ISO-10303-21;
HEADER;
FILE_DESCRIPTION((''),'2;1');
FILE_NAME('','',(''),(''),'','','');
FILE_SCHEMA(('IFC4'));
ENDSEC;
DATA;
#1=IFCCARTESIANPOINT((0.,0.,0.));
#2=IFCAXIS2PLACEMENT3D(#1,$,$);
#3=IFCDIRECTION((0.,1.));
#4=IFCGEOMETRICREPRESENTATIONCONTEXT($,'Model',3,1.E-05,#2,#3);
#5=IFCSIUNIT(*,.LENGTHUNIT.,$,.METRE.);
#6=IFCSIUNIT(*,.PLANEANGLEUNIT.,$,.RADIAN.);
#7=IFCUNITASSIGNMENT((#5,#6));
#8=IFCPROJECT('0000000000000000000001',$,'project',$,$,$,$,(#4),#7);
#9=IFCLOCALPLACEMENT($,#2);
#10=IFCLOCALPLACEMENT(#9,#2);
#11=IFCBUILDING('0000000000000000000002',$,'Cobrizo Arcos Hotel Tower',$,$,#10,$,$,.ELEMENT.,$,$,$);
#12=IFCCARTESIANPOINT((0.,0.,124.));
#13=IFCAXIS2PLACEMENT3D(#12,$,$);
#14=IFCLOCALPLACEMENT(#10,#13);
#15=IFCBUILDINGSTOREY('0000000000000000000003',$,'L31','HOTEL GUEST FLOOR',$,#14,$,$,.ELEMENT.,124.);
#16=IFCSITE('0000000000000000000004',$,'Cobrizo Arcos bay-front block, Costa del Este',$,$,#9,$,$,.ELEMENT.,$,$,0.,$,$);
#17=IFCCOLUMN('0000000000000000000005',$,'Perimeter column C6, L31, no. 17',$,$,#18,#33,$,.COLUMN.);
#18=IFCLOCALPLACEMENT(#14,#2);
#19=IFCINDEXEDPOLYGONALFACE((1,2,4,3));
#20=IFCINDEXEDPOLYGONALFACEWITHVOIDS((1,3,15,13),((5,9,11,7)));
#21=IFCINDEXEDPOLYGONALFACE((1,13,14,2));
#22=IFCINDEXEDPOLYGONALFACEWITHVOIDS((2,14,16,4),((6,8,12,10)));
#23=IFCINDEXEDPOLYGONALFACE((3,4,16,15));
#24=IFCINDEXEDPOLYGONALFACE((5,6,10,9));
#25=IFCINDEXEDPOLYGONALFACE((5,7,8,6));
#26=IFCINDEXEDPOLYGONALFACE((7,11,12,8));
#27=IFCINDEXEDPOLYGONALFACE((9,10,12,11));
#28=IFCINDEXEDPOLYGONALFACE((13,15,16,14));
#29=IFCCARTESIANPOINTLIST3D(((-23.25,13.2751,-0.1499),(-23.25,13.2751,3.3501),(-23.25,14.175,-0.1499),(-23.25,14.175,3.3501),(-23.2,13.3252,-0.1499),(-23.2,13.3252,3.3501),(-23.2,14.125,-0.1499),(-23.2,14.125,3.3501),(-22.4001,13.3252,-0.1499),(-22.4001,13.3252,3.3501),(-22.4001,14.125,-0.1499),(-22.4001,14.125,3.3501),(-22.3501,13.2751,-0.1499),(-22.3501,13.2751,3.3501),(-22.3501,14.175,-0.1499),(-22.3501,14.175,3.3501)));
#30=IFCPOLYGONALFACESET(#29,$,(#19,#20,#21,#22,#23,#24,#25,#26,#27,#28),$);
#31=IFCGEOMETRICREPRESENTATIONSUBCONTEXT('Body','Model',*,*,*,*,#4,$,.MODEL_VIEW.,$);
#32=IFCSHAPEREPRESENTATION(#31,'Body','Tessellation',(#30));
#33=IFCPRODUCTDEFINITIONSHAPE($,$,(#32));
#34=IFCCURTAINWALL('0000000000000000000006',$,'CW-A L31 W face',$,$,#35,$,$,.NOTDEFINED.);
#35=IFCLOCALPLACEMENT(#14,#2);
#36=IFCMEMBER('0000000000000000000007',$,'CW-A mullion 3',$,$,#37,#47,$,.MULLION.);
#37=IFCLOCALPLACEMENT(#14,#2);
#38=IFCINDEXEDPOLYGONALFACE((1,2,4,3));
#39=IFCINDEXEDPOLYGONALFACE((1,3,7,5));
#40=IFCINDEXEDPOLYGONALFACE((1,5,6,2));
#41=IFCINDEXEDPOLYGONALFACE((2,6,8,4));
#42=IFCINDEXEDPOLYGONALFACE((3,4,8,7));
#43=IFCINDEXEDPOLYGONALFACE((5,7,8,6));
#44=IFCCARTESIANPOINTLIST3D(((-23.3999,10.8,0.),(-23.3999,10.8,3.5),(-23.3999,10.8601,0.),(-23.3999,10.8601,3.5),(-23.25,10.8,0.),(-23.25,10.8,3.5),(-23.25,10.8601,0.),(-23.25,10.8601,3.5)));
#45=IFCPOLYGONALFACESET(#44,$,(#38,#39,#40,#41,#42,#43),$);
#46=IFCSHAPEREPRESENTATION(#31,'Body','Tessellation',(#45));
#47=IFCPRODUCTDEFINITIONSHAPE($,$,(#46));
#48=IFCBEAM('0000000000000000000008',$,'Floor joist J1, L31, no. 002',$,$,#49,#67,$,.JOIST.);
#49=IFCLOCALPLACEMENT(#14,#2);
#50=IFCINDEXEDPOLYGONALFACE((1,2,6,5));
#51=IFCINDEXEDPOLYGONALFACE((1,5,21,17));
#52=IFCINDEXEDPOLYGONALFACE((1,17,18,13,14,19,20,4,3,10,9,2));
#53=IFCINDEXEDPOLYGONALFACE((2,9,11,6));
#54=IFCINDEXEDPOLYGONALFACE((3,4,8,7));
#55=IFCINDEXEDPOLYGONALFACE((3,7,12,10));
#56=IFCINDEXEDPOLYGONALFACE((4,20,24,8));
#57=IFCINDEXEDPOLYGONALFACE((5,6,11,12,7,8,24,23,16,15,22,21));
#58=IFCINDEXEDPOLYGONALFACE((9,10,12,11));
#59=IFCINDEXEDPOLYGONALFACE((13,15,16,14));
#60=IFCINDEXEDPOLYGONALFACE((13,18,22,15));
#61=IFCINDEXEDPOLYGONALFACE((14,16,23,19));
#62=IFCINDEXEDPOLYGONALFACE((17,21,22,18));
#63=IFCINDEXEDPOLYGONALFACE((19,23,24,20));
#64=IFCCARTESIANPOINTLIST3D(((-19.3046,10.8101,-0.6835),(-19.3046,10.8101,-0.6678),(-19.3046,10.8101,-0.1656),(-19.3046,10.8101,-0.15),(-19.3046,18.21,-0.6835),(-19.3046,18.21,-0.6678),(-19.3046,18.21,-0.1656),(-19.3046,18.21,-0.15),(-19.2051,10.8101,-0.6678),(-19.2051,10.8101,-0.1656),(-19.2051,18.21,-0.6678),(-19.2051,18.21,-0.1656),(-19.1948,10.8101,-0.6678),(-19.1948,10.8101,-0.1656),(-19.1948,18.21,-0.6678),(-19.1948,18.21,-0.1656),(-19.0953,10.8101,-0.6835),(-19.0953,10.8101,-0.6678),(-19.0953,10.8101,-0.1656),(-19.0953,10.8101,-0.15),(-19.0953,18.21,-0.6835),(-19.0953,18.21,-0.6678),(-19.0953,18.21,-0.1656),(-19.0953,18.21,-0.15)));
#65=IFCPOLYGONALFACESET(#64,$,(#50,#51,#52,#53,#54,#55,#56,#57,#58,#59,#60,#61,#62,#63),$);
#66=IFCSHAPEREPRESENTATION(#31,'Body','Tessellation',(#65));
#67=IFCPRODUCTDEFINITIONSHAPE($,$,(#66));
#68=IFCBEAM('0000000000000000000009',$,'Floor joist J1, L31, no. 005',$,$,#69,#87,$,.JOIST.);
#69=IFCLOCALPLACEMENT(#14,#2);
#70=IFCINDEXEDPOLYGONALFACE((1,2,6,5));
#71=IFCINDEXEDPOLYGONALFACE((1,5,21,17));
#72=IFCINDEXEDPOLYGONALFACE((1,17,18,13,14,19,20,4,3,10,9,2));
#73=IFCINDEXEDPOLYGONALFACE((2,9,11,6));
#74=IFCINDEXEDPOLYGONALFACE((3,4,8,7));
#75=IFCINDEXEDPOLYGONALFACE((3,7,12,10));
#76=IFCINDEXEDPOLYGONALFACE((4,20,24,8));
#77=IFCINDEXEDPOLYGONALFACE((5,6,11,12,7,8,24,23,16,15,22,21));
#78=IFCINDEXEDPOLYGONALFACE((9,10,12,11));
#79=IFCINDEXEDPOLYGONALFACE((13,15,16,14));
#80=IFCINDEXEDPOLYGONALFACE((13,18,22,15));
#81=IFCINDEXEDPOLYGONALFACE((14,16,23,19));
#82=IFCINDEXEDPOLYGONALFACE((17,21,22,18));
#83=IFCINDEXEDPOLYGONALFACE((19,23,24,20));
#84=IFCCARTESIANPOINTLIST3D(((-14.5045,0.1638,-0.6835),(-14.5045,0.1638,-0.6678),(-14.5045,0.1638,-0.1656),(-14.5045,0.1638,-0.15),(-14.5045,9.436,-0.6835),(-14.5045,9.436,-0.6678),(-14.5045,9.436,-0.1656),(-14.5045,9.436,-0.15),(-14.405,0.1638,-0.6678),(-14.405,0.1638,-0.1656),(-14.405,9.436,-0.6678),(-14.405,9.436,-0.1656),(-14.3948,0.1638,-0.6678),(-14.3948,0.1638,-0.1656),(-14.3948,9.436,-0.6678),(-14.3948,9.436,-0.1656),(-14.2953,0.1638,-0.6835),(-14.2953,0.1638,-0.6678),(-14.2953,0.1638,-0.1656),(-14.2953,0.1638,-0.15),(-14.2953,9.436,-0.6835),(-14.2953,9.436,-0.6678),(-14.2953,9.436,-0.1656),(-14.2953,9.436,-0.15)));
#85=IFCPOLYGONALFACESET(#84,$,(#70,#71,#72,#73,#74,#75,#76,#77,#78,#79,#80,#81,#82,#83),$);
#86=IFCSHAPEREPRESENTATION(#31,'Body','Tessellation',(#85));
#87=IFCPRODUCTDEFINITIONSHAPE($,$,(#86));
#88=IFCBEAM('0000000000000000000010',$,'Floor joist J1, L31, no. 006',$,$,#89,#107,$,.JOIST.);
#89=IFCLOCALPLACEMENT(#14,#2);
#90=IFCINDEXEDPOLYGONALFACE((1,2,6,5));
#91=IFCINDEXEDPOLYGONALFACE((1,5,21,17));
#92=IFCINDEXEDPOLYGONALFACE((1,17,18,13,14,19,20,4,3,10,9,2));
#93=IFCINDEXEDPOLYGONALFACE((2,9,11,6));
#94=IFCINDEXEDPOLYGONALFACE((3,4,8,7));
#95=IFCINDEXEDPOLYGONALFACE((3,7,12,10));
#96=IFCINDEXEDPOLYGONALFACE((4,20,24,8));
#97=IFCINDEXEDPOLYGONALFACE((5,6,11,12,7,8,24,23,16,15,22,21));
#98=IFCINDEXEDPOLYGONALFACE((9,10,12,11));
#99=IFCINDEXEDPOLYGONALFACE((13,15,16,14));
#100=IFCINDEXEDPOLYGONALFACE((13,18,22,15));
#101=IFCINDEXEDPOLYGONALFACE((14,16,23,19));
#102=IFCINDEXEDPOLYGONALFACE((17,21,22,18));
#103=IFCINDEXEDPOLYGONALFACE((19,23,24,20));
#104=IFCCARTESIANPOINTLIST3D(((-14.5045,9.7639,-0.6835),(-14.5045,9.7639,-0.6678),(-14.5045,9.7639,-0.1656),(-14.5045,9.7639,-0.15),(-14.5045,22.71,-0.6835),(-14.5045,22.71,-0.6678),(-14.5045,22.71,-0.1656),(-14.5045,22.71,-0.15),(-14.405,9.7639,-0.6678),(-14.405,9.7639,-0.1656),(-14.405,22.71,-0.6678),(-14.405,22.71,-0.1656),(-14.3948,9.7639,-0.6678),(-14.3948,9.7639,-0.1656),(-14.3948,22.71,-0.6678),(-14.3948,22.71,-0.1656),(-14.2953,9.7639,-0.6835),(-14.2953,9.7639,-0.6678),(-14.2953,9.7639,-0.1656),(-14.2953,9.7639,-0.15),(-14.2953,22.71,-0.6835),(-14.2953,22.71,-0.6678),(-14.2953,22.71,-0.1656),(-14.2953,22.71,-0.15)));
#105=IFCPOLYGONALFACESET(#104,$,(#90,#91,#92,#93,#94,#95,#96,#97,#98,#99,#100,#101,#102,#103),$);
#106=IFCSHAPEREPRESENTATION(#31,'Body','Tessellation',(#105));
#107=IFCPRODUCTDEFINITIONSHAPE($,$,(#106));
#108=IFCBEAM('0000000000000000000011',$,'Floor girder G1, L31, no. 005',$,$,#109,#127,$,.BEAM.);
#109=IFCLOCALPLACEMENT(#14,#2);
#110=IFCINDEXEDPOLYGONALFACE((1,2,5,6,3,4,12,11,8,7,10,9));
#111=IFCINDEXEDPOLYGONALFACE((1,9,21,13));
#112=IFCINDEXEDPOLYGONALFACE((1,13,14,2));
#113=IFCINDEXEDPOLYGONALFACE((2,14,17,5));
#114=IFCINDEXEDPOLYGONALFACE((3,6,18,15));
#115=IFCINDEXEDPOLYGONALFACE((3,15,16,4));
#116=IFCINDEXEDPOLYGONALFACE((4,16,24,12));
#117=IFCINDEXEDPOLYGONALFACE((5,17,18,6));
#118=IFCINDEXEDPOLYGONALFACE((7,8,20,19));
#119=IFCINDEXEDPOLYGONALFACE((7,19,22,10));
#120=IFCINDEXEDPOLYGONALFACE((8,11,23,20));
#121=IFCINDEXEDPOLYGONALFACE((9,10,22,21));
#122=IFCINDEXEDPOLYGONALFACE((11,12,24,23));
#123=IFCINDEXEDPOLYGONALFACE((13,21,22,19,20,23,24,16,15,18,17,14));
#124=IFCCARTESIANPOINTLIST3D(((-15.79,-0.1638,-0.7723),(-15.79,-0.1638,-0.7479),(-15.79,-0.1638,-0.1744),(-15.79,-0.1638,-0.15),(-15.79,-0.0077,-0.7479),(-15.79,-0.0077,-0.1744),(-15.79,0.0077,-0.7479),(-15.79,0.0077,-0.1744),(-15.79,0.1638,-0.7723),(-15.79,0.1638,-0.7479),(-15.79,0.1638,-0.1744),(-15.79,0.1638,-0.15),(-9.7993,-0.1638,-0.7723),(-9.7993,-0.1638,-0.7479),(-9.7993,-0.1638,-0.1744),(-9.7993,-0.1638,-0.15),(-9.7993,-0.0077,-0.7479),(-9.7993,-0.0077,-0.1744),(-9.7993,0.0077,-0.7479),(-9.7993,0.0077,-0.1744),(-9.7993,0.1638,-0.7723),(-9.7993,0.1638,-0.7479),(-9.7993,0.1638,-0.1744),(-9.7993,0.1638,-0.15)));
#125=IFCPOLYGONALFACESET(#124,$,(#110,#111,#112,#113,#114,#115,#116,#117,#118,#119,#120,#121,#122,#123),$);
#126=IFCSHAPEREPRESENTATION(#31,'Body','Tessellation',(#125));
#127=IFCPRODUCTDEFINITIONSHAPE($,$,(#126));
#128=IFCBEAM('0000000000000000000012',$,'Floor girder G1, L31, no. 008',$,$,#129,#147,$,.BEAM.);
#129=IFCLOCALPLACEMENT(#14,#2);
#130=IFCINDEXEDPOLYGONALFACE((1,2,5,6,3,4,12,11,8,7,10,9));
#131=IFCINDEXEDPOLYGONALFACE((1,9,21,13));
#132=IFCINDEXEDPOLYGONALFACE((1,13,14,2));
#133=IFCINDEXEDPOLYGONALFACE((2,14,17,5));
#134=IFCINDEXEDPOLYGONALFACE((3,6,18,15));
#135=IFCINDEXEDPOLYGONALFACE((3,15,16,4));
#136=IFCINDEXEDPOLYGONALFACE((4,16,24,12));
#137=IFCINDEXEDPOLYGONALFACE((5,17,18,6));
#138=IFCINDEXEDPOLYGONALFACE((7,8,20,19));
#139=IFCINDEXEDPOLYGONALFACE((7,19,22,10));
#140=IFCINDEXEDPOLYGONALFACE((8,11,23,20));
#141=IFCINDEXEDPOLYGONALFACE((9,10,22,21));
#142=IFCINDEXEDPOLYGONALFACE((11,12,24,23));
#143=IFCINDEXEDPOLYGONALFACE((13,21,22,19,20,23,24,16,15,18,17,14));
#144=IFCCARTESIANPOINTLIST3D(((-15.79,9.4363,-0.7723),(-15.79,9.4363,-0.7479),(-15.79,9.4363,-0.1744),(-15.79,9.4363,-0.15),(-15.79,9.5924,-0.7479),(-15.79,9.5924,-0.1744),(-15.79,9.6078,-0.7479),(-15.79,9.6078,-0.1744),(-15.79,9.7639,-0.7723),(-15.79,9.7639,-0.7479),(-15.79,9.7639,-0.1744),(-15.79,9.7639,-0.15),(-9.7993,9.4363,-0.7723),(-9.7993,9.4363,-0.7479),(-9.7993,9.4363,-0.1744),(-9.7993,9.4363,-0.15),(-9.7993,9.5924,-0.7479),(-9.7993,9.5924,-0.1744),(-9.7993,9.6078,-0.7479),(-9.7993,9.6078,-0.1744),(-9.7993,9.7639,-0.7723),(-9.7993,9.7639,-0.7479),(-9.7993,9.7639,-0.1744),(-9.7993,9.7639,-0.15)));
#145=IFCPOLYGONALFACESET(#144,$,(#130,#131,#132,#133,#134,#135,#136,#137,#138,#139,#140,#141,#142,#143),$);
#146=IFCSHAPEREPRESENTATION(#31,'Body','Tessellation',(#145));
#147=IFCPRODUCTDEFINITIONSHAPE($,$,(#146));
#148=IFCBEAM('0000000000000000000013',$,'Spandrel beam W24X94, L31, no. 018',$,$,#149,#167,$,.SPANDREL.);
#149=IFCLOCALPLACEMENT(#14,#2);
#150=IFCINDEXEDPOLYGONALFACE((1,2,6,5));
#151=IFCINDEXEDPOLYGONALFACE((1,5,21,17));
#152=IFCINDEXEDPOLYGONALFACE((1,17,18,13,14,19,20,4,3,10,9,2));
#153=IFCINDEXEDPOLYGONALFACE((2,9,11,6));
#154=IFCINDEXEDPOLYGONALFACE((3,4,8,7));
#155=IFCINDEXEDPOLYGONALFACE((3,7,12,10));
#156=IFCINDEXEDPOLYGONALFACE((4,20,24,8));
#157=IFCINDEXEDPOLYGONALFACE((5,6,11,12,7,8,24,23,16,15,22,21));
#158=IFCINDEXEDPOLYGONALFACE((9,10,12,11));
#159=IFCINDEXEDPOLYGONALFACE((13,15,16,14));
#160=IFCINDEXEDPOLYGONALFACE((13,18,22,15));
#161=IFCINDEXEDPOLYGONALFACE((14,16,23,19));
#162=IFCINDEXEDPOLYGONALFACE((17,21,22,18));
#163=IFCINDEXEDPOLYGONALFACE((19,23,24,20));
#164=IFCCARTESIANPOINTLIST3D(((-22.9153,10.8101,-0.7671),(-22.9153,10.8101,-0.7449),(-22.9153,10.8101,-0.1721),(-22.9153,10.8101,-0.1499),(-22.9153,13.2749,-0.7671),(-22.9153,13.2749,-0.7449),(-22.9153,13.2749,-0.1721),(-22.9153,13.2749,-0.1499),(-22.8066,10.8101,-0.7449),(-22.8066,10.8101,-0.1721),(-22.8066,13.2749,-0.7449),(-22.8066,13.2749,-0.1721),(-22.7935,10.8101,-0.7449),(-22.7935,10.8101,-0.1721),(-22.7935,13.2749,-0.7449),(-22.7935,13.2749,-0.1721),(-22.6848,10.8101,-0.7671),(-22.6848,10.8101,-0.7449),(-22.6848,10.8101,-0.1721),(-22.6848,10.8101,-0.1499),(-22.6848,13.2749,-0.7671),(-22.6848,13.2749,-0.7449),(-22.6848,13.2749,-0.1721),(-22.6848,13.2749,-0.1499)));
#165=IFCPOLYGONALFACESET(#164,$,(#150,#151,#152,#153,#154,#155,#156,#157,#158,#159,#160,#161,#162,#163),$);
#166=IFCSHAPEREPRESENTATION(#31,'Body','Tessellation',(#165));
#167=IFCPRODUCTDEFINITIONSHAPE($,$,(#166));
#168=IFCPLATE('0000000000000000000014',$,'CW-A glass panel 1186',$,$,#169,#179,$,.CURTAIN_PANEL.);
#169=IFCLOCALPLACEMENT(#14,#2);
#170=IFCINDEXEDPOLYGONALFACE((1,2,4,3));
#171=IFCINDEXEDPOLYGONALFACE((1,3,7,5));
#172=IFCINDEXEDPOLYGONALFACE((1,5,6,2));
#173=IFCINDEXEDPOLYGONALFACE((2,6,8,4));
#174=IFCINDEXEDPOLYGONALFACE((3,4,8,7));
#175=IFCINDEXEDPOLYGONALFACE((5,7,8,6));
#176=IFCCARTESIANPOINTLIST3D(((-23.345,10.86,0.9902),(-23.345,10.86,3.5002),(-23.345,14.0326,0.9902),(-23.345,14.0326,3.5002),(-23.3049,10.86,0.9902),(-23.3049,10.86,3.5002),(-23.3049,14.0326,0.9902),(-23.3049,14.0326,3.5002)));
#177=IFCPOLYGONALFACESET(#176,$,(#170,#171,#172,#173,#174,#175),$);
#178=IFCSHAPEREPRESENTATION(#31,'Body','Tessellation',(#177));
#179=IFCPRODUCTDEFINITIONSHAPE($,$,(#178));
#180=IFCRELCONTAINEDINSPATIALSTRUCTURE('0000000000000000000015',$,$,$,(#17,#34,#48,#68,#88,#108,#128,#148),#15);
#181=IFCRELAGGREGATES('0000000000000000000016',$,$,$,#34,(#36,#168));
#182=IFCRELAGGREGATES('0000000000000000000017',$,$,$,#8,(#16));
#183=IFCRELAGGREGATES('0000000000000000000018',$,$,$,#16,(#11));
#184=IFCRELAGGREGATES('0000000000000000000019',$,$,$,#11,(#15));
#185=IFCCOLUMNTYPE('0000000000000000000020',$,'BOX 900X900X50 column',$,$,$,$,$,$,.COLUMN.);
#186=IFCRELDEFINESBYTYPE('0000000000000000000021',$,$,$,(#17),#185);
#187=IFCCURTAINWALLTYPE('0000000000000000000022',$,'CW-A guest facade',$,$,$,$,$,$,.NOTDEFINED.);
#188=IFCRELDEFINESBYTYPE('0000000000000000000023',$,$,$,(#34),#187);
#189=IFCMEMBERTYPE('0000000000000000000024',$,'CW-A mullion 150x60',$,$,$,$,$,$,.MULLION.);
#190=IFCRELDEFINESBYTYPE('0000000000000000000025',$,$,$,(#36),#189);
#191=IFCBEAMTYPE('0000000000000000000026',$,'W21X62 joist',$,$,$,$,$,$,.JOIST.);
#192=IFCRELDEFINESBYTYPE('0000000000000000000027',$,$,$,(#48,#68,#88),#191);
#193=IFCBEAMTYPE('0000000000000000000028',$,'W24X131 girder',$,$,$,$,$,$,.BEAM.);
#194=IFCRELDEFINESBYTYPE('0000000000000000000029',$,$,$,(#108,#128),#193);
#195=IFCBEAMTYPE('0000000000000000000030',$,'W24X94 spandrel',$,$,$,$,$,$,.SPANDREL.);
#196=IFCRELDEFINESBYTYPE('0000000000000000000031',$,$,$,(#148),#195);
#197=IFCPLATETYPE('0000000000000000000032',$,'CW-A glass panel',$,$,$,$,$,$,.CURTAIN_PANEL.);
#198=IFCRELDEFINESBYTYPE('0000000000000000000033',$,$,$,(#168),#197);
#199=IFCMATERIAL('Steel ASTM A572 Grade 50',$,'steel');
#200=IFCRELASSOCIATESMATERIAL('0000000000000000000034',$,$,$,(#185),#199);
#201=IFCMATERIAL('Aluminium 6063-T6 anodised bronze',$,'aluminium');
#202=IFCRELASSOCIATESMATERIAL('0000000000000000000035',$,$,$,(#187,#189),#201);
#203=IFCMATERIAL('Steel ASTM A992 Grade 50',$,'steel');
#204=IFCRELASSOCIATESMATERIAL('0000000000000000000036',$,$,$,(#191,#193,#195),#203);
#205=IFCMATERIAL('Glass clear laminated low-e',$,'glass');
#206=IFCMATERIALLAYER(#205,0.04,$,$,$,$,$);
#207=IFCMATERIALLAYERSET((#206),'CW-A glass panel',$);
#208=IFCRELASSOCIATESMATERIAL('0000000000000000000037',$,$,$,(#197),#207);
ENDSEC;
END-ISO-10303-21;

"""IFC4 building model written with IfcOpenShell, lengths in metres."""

from ifc_helpers import new_model, si_unit, direction, frame, origin, origin_2d, place, context, subcontext, project, spatial, rectangle, hollow_rectangle, i_section, extrude, material, layer, layer_set, material_profile, profile_set, type_object, element, aggregate, save


model = new_model("IFC4")

# Units and contexts
model_context = context("Model", 3, precision=1e-05, world=origin(), true_north=direction((0.0, 1.0)))
body_context = subcontext(model_context, "Body", "Model", "MODEL_VIEW")
ifc_project = project(units=[si_unit("LENGTHUNIT", "METRE"), si_unit("PLANEANGLEUNIT", "RADIAN")], contexts=[model_context])

# Site, building, storey
site_placement = place(None, origin())
site = spatial("IfcSite", under=ifc_project, at=site_placement, Name="Cobrizo Arcos bay-front block, Costa del Este", CompositionType="ELEMENT", RefElevation=0.0)
building_placement = place(site_placement, origin())
building = spatial("IfcBuilding", under=site, at=building_placement, Name="Cobrizo Arcos Hotel Tower", CompositionType="ELEMENT")
storey_placement = place(building_placement, frame((0.0, 0.0, 124.0)))
storey = spatial("IfcBuildingStorey", under=building, at=storey_placement, Name="L31", Description="HOTEL GUEST FLOOR", CompositionType="ELEMENT", Elevation=124.0)

# Column
ifc_material_1 = material(Name="Steel ASTM A572 Grade 50", Category="steel")
ifc_material_profile_1 = material_profile(ifc_material_1, hollow_rectangle(XDim=0.8999, YDim=0.8999, WallThickness=0.05, at=origin_2d()), Name="BOX 900X900X50")
ifc_profile_set_1 = profile_set([ifc_material_profile_1], Name="Steel ASTM A572 Grade 50")
column_type = type_object("IfcColumnType", Name="BOX 900X900X50 column", PredefinedType="COLUMN", material=ifc_profile_set_1)
column_placement = place(storey_placement, frame((-22.8, 13.7251, -0.1499), z_axis=(0.0, 0.0, 1.0), x_axis=(1.0, 0.0, 0.0)))
element("IfcColumn", 1, at=column_placement, inside=storey, type_object=column_type, Name="Perimeter column C6, L31, no. 17", PredefinedType="COLUMN", context=body_context, shape_type="SweptSolid", body=[
    extrude(hollow_rectangle(XDim=0.8999, YDim=0.8999, WallThickness=0.05, at=origin_2d()), origin(), (0.0, 0.0, 1.0), 3.5),
])

# Curtain wall, member
ifc_material_2 = material(Name="Aluminium 6063-T6 anodised bronze", Category="aluminium")
curtain_wall_type = type_object("IfcCurtainWallType", Name="CW-A guest facade", PredefinedType="NOTDEFINED", material=ifc_material_2)
curtain_wall_placement = place(storey_placement, origin())
curtain_wall = element("IfcCurtainWall", 2, at=curtain_wall_placement, inside=storey, type_object=curtain_wall_type, Name="CW-A L31 W face", PredefinedType="NOTDEFINED")
ifc_material_profile_2 = material_profile(ifc_material_2, rectangle(XDim=0.1499, YDim=0.0601, at=origin_2d()), Name="CW-A mullion 150x60")
ifc_profile_set_2 = profile_set([ifc_material_profile_2], Name="Aluminium 6063-T6 anodised bronze")
member_type = type_object("IfcMemberType", Name="CW-A mullion 150x60", PredefinedType="MULLION", material=ifc_profile_set_2)
member_placement = place(storey_placement, frame((-23.325, 10.8301, 0.0), z_axis=(0.0, 0.0, 1.0), x_axis=(-1.0, 0.0, 0.0)))
member = element("IfcMember", 3, at=member_placement, type_object=member_type, Name="CW-A mullion 3", PredefinedType="MULLION", context=body_context, shape_type="SweptSolid", body=[
    extrude(rectangle(XDim=0.1499, YDim=0.0601, at=origin_2d()), origin(), (0.0, 0.0, 1.0), 3.5),
])

# Beams
ifc_material_3 = material(Name="Steel ASTM A992 Grade 50", Category="steel")
ifc_material_profile_3 = material_profile(ifc_material_3, i_section(OverallWidth=0.2092, OverallDepth=0.5334, WebThickness=0.0103, FlangeThickness=0.0156, at=origin_2d()), Name="W21X62")
ifc_profile_set_3 = profile_set([ifc_material_profile_3], Name="Steel ASTM A992 Grade 50")
beam_type_1 = type_object("IfcBeamType", Name="W21X62 joist", PredefinedType="JOIST", material=ifc_profile_set_3)
beam_1_placement = place(storey_placement, frame((-19.2, 10.8101, -0.4167), z_axis=(0.0, 1.0, 0.0), x_axis=(-1.0, 0.0, 0.0)))
element("IfcBeam", 4, at=beam_1_placement, inside=storey, type_object=beam_type_1, Name="Floor joist J1, L31, no. 002", PredefinedType="JOIST", context=body_context, shape_type="SweptSolid", body=[
    extrude(i_section(OverallWidth=0.2092, OverallDepth=0.5334, WebThickness=0.0103, FlangeThickness=0.0156, at=origin_2d()), origin(), (0.0, 0.0, 1.0), 7.3999),
])
beam_2_placement = place(storey_placement, frame((-14.3999, 0.1638, -0.4167), z_axis=(0.0, 1.0, 0.0), x_axis=(-1.0, 0.0, 0.0)))
element("IfcBeam", 5, at=beam_2_placement, inside=storey, type_object=beam_type_1, Name="Floor joist J1, L31, no. 005", PredefinedType="JOIST", context=body_context, shape_type="SweptSolid", body=[
    extrude(i_section(OverallWidth=0.2092, OverallDepth=0.5334, WebThickness=0.0103, FlangeThickness=0.0156, at=origin_2d()), origin(), (0.0, 0.0, 1.0), 9.2722),
])
beam_3_placement = place(storey_placement, frame((-14.3999, 9.7639, -0.4167), z_axis=(0.0, 1.0, 0.0), x_axis=(-1.0, 0.0, 0.0)))
element("IfcBeam", 6, at=beam_3_placement, inside=storey, type_object=beam_type_1, Name="Floor joist J1, L31, no. 006", PredefinedType="JOIST", context=body_context, shape_type="SweptSolid", body=[
    extrude(i_section(OverallWidth=0.2092, OverallDepth=0.5334, WebThickness=0.0103, FlangeThickness=0.0156, at=origin_2d()), origin(), (0.0, 0.0, 1.0), 12.946),
])
ifc_material_profile_4 = material_profile(ifc_material_3, i_section(OverallWidth=0.3276, OverallDepth=0.6223, WebThickness=0.0154, FlangeThickness=0.0244, at=origin_2d()), Name="W24X131")
ifc_profile_set_4 = profile_set([ifc_material_profile_4], Name="Steel ASTM A992 Grade 50")
beam_type_2 = type_object("IfcBeamType", Name="W24X131 girder", PredefinedType="BEAM", material=ifc_profile_set_4)
for number, where, z_axis, x_axis, name in (
    (7, (-15.79, 0.0, -0.4612), (1.0, 0.0, 0.0), (0.0, 1.0, 0.0), "Floor girder G1, L31, no. 005"),
    (8, (-15.79, 9.6001, -0.4612), (1.0, 0.0, 0.0), (0.0, 1.0, 0.0), "Floor girder G1, L31, no. 008"),
):
    element("IfcBeam", number, at=place(storey_placement, frame(where, z_axis=z_axis, x_axis=x_axis)), inside=storey, type_object=beam_type_2, Name=name, PredefinedType="BEAM", context=body_context, shape_type="SweptSolid", body=[
        extrude(i_section(OverallWidth=0.3276, OverallDepth=0.6223, WebThickness=0.0154, FlangeThickness=0.0244, at=origin_2d()), origin(), (0.0, 0.0, 1.0), 5.9907),
    ])
ifc_material_profile_5 = material_profile(ifc_material_3, i_section(OverallWidth=0.2305, OverallDepth=0.6172, WebThickness=0.0132, FlangeThickness=0.0222, at=origin_2d()), Name="W24X94")
ifc_profile_set_5 = profile_set([ifc_material_profile_5], Name="Steel ASTM A992 Grade 50")
beam_type_3 = type_object("IfcBeamType", Name="W24X94 spandrel", PredefinedType="SPANDREL", material=ifc_profile_set_5)
beam_4_placement = place(storey_placement, frame((-22.8, 10.8101, -0.4585), z_axis=(0.0, 1.0, 0.0), x_axis=(-1.0, 0.0, 0.0)))
element("IfcBeam", 9, at=beam_4_placement, inside=storey, type_object=beam_type_3, Name="Spandrel beam W24X94, L31, no. 018", PredefinedType="SPANDREL", context=body_context, shape_type="SweptSolid", body=[
    extrude(i_section(OverallWidth=0.2305, OverallDepth=0.6172, WebThickness=0.0132, FlangeThickness=0.0222, at=origin_2d()), origin(), (0.0, 0.0, 1.0), 2.4648),
])

# Plate
ifc_material_4 = material(Name="Glass clear laminated low-e", Category="glass")
ifc_layer_1 = layer(ifc_material_4, 0.04)
ifc_layer_set_1 = layer_set([ifc_layer_1], Name="CW-A glass panel")
plate_type_1 = type_object("IfcPlateType", Name="CW-A glass panel", PredefinedType="CURTAIN_PANEL", material=ifc_layer_set_1)
plate_1_placement = place(storey_placement, frame((-23.325, 12.4463, 0.9902), z_axis=(0.0, 0.0, 1.0), x_axis=(0.0, -1.0, 0.0)))
plate_1 = element("IfcPlate", 10, at=plate_1_placement, type_object=plate_type_1, Name="CW-A glass panel 1186", PredefinedType="CURTAIN_PANEL", context=body_context, shape_type="SweptSolid", body=[
    extrude(rectangle(XDim=3.1726, YDim=0.04, at=origin_2d()), origin(), (0.0, 0.0, 1.0), 2.51),
])
aggregate(curtain_wall, [member, plate_1])

save(model, "model.ifc")
